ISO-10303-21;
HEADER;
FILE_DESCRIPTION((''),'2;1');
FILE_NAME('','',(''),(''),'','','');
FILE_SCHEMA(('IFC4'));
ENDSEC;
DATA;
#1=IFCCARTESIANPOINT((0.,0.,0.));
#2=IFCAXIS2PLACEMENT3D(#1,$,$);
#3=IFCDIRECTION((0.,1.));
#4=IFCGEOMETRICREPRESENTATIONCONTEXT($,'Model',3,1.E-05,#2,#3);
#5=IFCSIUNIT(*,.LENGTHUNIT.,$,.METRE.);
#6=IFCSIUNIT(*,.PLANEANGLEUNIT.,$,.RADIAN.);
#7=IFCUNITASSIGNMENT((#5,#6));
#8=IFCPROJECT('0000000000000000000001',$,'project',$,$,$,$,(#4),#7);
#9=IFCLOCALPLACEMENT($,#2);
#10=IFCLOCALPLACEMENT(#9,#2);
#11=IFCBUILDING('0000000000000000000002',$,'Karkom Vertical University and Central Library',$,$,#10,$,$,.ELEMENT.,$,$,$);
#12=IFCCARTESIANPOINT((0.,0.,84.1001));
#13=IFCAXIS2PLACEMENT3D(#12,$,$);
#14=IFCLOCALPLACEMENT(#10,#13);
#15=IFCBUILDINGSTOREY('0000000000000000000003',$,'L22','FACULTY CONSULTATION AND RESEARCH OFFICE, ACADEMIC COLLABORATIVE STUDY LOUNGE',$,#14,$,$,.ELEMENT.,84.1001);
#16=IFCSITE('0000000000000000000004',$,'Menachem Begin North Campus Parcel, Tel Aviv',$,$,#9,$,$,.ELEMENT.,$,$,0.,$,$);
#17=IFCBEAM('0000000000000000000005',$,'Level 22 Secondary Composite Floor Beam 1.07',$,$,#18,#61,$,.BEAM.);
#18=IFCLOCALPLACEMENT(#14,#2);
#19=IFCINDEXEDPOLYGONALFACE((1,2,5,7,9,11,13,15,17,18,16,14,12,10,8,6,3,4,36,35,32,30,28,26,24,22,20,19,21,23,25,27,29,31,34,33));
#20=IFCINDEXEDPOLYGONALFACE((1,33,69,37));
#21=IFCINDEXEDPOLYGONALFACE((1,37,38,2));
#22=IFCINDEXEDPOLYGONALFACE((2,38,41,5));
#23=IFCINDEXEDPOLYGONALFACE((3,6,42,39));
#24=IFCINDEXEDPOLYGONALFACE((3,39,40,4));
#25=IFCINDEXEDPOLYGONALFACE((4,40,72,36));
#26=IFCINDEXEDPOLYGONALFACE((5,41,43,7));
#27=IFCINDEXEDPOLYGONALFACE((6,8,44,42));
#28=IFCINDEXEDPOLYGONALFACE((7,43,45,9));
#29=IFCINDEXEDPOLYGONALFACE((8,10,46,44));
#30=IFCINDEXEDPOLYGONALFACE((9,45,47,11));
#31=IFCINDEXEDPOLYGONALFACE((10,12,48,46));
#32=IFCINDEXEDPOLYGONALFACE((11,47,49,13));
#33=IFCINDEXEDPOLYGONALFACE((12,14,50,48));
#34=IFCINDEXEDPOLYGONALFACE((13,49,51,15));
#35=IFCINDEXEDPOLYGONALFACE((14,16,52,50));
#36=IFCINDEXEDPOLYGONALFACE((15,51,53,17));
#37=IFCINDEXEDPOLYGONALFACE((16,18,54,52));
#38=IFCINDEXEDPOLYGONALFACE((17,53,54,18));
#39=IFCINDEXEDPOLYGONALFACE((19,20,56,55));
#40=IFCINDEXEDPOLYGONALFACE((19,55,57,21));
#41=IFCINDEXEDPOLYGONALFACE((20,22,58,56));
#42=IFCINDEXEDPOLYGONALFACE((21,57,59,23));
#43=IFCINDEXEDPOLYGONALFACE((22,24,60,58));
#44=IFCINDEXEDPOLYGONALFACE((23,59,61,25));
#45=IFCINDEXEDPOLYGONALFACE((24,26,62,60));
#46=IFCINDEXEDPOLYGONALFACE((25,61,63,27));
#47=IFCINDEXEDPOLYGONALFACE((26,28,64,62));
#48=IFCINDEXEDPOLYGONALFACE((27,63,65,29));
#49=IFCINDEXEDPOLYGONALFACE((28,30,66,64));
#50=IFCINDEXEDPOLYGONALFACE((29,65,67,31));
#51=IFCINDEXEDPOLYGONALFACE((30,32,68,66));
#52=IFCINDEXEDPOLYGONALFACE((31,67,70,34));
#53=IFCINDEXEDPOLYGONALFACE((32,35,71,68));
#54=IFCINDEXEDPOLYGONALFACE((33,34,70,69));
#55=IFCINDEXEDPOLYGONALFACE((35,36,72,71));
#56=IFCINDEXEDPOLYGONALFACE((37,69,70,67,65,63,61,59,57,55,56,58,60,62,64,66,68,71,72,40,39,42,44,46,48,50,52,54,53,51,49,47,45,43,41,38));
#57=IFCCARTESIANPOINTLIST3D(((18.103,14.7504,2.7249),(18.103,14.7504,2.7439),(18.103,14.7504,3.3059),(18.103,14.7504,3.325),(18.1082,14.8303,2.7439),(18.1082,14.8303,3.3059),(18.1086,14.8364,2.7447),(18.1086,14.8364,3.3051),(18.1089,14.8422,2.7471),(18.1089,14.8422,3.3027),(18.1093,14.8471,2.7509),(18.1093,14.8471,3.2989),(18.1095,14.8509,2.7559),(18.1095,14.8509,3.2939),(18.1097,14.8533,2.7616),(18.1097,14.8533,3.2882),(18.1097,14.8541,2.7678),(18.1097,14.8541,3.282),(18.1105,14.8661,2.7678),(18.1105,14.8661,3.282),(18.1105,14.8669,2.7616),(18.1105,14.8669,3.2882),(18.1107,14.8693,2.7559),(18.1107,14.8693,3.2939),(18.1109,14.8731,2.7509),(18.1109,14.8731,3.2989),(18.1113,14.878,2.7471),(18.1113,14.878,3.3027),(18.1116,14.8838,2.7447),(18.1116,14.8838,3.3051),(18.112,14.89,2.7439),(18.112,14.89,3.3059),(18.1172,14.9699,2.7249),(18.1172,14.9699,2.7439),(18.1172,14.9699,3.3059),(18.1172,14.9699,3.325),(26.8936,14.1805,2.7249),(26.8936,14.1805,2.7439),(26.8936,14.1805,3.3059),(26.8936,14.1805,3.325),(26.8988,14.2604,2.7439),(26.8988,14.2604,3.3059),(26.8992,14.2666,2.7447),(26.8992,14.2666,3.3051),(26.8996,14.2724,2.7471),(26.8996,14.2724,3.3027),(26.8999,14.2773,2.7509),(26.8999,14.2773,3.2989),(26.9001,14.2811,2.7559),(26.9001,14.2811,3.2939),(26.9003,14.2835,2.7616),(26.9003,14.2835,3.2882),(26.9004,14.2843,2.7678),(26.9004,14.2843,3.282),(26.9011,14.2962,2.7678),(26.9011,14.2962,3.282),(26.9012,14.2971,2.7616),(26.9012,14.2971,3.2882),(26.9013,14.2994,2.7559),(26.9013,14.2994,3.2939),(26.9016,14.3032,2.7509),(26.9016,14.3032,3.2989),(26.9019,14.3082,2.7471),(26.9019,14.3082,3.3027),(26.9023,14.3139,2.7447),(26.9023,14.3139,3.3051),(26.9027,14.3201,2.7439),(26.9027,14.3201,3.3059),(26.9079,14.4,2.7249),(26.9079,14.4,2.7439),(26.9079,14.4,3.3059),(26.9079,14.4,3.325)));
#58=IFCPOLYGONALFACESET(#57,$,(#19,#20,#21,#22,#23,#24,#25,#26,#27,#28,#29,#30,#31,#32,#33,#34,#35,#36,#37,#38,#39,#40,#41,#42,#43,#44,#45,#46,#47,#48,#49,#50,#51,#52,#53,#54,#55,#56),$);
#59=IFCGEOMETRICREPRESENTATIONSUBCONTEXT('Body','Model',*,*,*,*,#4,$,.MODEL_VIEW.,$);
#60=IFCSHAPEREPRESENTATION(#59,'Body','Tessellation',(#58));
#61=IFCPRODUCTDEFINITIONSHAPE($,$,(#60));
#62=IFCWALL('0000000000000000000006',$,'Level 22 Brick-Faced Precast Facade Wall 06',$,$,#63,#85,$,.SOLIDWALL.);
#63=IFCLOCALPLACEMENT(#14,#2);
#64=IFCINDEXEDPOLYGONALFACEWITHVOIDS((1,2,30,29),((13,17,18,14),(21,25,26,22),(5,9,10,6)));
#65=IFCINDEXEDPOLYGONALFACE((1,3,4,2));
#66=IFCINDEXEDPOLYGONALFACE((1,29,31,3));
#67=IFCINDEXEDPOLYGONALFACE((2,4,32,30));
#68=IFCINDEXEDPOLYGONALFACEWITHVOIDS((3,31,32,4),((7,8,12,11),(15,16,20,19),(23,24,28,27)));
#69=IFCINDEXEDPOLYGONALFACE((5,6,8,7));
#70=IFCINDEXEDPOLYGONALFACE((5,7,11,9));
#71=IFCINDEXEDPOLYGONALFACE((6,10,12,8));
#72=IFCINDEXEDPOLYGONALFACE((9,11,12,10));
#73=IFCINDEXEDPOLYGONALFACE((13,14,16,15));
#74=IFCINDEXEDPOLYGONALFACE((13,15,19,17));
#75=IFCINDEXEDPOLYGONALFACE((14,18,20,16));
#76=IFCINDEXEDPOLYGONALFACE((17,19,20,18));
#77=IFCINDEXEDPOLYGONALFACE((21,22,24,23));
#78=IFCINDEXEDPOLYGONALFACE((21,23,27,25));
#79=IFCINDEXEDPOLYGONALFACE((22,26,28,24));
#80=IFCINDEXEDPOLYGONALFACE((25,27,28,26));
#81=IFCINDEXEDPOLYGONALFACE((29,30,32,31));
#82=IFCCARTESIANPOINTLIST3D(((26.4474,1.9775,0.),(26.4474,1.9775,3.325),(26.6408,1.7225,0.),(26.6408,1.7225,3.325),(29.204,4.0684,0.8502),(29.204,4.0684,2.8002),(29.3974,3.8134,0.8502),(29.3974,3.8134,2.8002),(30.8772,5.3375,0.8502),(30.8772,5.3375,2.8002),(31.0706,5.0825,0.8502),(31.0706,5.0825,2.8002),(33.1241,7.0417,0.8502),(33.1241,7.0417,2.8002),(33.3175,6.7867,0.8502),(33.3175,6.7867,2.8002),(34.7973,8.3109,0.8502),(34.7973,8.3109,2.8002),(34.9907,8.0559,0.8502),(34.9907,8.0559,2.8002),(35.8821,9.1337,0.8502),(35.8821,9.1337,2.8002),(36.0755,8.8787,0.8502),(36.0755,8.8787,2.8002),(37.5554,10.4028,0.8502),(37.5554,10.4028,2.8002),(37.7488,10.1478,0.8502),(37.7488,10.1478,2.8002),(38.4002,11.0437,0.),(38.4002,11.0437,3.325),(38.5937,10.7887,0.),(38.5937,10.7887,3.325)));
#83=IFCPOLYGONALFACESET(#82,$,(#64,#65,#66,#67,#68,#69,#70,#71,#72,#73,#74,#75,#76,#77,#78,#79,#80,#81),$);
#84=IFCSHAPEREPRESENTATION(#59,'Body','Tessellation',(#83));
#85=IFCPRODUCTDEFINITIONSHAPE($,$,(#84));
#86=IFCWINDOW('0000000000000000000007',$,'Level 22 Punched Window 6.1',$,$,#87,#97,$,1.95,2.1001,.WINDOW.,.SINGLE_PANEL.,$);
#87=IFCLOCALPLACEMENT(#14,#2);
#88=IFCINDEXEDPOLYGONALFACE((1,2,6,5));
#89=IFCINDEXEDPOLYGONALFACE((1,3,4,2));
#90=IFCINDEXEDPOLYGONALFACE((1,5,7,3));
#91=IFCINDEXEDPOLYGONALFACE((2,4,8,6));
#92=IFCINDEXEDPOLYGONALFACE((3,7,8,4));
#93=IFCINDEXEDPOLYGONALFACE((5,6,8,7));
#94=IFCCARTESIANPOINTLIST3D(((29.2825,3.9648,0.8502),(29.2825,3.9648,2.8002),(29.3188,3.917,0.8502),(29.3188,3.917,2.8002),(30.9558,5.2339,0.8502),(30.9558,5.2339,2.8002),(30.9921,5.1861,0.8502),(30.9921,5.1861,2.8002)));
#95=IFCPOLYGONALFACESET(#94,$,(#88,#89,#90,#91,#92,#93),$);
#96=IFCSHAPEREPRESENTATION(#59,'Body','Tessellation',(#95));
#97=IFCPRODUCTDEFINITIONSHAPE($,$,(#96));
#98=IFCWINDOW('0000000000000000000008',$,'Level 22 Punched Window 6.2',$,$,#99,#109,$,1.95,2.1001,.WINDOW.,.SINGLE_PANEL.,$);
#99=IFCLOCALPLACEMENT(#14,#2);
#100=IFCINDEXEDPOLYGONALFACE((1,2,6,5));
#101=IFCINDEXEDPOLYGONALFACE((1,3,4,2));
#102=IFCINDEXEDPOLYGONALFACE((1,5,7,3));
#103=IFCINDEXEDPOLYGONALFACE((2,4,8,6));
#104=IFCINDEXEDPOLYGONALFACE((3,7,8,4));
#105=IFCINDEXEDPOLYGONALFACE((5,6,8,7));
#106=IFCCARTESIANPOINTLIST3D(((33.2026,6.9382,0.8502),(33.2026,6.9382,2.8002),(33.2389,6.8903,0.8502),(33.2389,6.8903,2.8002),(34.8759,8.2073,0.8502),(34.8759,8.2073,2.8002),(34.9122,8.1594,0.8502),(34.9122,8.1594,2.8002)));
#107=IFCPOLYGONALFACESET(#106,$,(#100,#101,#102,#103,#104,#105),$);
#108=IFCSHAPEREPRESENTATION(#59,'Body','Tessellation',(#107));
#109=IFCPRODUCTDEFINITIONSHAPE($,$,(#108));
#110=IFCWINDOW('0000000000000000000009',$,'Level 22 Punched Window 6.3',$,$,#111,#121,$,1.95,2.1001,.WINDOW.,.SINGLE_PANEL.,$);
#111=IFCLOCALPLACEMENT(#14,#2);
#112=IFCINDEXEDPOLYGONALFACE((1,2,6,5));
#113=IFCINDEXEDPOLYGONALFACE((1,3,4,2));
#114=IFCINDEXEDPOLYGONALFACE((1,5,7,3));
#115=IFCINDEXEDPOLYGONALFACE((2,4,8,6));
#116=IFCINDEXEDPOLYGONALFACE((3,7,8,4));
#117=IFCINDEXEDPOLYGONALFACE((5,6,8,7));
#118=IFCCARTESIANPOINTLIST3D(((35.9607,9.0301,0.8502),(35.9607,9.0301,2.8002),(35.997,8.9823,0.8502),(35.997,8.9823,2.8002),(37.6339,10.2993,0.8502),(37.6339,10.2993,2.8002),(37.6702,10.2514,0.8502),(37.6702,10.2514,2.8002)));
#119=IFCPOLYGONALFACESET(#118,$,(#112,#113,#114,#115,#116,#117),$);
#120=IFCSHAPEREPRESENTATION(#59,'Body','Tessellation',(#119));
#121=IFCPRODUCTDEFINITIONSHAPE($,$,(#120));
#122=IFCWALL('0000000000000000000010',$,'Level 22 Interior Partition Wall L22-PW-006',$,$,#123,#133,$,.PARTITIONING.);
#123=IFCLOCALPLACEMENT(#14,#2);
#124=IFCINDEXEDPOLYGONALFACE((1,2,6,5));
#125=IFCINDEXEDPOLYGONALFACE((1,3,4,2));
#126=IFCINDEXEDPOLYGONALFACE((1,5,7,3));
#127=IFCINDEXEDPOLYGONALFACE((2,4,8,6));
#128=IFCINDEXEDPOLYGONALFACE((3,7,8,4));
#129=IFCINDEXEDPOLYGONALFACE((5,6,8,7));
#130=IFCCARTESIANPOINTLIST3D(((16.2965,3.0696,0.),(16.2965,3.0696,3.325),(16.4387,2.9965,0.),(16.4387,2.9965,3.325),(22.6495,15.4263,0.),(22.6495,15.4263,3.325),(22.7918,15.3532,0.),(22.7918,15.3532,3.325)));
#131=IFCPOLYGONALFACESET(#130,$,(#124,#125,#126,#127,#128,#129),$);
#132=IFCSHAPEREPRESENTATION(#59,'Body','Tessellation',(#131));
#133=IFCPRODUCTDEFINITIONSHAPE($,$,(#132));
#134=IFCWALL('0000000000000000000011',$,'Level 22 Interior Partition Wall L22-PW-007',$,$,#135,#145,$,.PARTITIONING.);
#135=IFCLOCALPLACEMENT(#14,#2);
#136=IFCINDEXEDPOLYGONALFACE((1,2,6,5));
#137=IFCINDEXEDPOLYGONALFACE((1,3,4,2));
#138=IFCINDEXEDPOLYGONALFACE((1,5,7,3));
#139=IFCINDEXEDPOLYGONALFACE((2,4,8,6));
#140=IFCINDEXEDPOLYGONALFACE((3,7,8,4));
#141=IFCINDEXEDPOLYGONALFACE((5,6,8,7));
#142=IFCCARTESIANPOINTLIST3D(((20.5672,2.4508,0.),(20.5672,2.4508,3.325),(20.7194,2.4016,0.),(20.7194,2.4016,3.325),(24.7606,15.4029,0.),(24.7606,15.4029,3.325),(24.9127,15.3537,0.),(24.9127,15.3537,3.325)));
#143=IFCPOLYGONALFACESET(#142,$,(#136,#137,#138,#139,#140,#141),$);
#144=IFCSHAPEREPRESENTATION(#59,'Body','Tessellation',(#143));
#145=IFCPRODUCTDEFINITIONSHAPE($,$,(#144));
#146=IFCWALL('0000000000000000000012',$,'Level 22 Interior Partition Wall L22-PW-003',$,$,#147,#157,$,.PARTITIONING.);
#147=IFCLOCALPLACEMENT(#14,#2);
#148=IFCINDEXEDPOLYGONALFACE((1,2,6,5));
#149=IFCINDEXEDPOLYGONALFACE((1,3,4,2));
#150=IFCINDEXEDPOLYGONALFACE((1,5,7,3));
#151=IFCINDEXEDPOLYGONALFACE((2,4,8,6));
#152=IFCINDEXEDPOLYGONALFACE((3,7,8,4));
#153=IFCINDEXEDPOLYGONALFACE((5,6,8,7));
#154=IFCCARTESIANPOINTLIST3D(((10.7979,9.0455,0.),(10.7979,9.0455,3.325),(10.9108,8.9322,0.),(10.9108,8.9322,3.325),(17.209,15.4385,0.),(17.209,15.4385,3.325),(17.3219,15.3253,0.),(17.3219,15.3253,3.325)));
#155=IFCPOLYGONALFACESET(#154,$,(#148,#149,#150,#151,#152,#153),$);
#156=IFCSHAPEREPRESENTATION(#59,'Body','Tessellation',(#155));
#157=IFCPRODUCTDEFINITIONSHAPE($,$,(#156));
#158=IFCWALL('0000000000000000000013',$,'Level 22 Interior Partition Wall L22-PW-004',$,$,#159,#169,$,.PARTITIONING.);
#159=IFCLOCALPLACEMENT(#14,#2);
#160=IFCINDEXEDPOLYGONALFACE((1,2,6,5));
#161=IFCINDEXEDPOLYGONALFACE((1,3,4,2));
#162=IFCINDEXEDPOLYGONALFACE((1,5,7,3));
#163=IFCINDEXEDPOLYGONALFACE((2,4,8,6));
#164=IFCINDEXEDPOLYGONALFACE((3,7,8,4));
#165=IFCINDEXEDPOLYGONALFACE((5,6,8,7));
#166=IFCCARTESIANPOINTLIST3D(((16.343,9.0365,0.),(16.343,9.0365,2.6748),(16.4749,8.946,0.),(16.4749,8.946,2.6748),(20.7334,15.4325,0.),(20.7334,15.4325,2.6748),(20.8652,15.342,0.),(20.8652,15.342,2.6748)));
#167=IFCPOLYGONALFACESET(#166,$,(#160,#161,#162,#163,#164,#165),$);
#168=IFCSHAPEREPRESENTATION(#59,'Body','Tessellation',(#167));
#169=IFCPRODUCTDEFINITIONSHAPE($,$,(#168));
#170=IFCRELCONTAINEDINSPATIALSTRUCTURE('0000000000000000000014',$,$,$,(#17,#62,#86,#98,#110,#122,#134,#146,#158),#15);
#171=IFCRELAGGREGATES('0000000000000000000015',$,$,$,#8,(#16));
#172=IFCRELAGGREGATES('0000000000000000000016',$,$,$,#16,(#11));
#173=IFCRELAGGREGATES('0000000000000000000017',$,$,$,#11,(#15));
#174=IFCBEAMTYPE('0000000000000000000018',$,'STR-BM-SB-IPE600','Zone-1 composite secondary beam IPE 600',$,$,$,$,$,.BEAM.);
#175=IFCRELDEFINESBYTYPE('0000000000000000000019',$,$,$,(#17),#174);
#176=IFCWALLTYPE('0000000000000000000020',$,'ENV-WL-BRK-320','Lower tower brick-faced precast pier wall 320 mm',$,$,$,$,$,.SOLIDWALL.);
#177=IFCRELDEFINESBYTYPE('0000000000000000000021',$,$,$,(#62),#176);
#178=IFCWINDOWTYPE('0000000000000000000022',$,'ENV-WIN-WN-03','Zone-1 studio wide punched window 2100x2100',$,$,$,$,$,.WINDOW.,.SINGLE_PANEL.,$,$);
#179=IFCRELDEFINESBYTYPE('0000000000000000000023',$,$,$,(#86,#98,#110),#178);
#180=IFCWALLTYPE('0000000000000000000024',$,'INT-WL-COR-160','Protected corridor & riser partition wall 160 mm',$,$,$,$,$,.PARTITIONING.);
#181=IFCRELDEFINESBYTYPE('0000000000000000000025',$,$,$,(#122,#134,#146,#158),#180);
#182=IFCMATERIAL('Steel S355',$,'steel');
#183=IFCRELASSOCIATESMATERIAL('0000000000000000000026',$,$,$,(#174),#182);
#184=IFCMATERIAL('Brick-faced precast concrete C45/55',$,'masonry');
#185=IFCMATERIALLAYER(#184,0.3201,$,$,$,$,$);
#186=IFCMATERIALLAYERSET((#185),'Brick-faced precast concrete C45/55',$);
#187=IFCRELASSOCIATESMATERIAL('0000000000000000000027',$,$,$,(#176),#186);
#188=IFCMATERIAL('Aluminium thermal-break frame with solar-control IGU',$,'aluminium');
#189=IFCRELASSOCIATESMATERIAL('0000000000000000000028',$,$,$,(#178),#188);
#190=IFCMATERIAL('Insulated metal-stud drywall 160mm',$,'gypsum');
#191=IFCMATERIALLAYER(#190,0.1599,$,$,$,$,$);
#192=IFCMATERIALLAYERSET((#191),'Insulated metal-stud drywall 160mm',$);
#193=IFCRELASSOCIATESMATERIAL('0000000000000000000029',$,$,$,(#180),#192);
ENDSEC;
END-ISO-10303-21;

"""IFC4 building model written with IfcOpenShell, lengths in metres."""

from ifc_helpers import new_model, si_unit, direction, frame, frame_2d, origin, origin_with_axes, origin_2d, place, context, subcontext, project, spatial, rectangle, i_section, extrude, source, transform, mapped, material, layer, layer_set, material_profile, profile_set, type_object, element, fill, save


model = new_model("IFC4")

# Units and contexts
model_context = context("Model", 3, precision=1e-05, world=origin(), true_north=direction((0.0, 1.0)))
body_context = subcontext(model_context, "Body", "Model", "MODEL_VIEW")
ifc_project = project(units=[si_unit("LENGTHUNIT", "METRE"), si_unit("PLANEANGLEUNIT", "RADIAN")], contexts=[model_context])

# Site, building, storey
site_placement = place(None, origin())
site = spatial("IfcSite", under=ifc_project, at=site_placement, Name="Menachem Begin North Campus Parcel, Tel Aviv", CompositionType="ELEMENT", RefElevation=0.0)
building_placement = place(site_placement, origin())
building = spatial("IfcBuilding", under=site, at=building_placement, Name="Karkom Vertical University and Central Library", CompositionType="ELEMENT")
storey_placement = place(building_placement, frame((0.0, 0.0, 84.1001)))
storey = spatial("IfcBuildingStorey", under=building, at=storey_placement, Name="L22", Description="FACULTY CONSULTATION AND RESEARCH OFFICE, ACADEMIC COLLABORATIVE STUDY LOUNGE", CompositionType="ELEMENT", Elevation=84.1001)

# Beam
ifc_material_1 = material(Name="Steel S355", Category="steel")
ifc_material_profile_1 = material_profile(ifc_material_1, i_section(OverallWidth=0.22, OverallDepth=0.6001, WebThickness=0.012, FlangeThickness=0.019, FilletRadius=0.0239, at=origin_2d()), Name="IPE 600")
ifc_profile_set_1 = profile_set([ifc_material_profile_1], Name="Steel S355")
beam_type_1 = type_object("IfcBeamType", Name="STR-BM-SB-IPE600", Description="Zone-1 composite secondary beam IPE 600", PredefinedType="BEAM", material=ifc_profile_set_1)
shared_shape_1 = source(origin_with_axes(), body_context, "Body", "SweptSolid", [
    extrude(i_section(OverallWidth=0.22, OverallDepth=0.6001, WebThickness=0.012, FlangeThickness=0.019, FilletRadius=0.0239, at=origin_2d()), origin(), (0.0, 0.0, 1.0), 8.8091),
])
beam_1_placement = place(storey_placement, frame((18.1101, 14.8601, 3.0249), z_axis=(0.997906, -0.064687, 0.0), x_axis=(0.064687, 0.997906, 0.0)))
element("IfcBeam", 1, at=beam_1_placement, inside=storey, type_object=beam_type_1, Name="Level 22 Secondary Composite Floor Beam 1.07", PredefinedType="BEAM", context=body_context, shape_type="MappedRepresentation", body=[
    mapped(shared_shape_1, transform((0.0, 0.0, 0.0), scale=1.0)),
])

# Wall, openings, windows
ifc_material_2 = material(Name="Brick-faced precast concrete C45/55", Category="masonry")
ifc_layer_1 = layer(ifc_material_2, 0.3201)
ifc_layer_set_1 = layer_set([ifc_layer_1], Name="Brick-faced precast concrete C45/55")
wall_type_1 = type_object("IfcWallType", Name="ENV-WL-BRK-320", Description="Lower tower brick-faced precast pier wall 320 mm", PredefinedType="SOLIDWALL", material=ifc_layer_set_1)
wall_1_placement = place(storey_placement, frame((26.5442, 1.8501, 0.0), z_axis=(0.0, 0.0, 1.0), x_axis=(0.796741, 0.604321, 0.0)))
wall_1 = element("IfcWall", 2, at=wall_1_placement, inside=storey, type_object=wall_type_1, Name="Level 22 Brick-Faced Precast Facade Wall 06", PredefinedType="SOLIDWALL", context=body_context, shape_type="SweptSolid", body=[
    extrude(rectangle(XDim=15.0022, YDim=0.3201, at=frame_2d((7.501, 0.0))), origin(), (0.0, 0.0, 1.0), 3.325),
])
opening_1_placement = place(wall_1_placement, frame((3.4597, 0.0, 0.8501)))
opening_1 = element("IfcOpeningElement", 3, at=opening_1_placement, cuts=wall_1, PredefinedType="OPENING", context=body_context, shape_type="SweptSolid", body=[
    extrude(rectangle(XDim=2.1001, YDim=1.95, at=frame_2d((1.05, 0.9751))), frame((0.0, 0.1699, 0.0), z_axis=(0.0, -1.0, 0.0), x_axis=(1.0, 0.0, 0.0)), (0.0, 0.0, 1.0), 0.3401),
])
opening_2_placement = place(wall_1_placement, frame((8.3799, 0.0, 0.8501)))
opening_2 = element("IfcOpeningElement", 4, at=opening_2_placement, cuts=wall_1, PredefinedType="OPENING", context=body_context, shape_type="SweptSolid", body=[
    extrude(rectangle(XDim=2.1001, YDim=1.95, at=frame_2d((1.05, 0.9751))), frame((0.0, 0.1699, 0.0), z_axis=(0.0, -1.0, 0.0), x_axis=(1.0, 0.0, 0.0)), (0.0, 0.0, 1.0), 0.3401),
])
opening_3_placement = place(wall_1_placement, frame((11.8416, 0.0, 0.8501)))
opening_3 = element("IfcOpeningElement", 5, at=opening_3_placement, cuts=wall_1, PredefinedType="OPENING", context=body_context, shape_type="SweptSolid", body=[
    extrude(rectangle(XDim=2.1001, YDim=1.95, at=frame_2d((1.05, 0.9751))), frame((0.0, 0.1699, 0.0), z_axis=(0.0, -1.0, 0.0), x_axis=(1.0, 0.0, 0.0)), (0.0, 0.0, 1.0), 0.3401),
])
ifc_material_3 = material(Name="Aluminium thermal-break frame with solar-control IGU", Category="aluminium")
window_type = type_object("IfcWindowType", Name="ENV-WIN-WN-03", Description="Zone-1 studio wide punched window 2100x2100", PartitioningType="SINGLE_PANEL", PredefinedType="WINDOW", material=ifc_material_3)
shared_shape_2 = source(origin_with_axes(), body_context, "Body", "SweptSolid", [
    extrude(rectangle(XDim=2.1001, YDim=1.95, at=frame_2d((1.05, 0.9751))), frame((0.0, 0.03, 0.0), z_axis=(0.0, -1.0, 0.0), x_axis=(1.0, 0.0, 0.0)), (0.0, 0.0, 1.0), 0.0601),
])
window_1_placement = place(opening_1_placement, origin())
window_1 = element("IfcWindow", 6, at=window_1_placement, inside=storey, type_object=window_type, Name="Level 22 Punched Window 6.1", OverallHeight=1.95, OverallWidth=2.1001, PartitioningType="SINGLE_PANEL", PredefinedType="WINDOW", context=body_context, shape_type="MappedRepresentation", body=[
    mapped(shared_shape_2, transform((0.0, 0.0, 0.0), scale=1.0)),
])
fill(opening_1, window_1)
window_2_placement = place(opening_2_placement, origin())
window_2 = element("IfcWindow", 7, at=window_2_placement, inside=storey, type_object=window_type, Name="Level 22 Punched Window 6.2", OverallHeight=1.95, OverallWidth=2.1001, PartitioningType="SINGLE_PANEL", PredefinedType="WINDOW", context=body_context, shape_type="MappedRepresentation", body=[
    mapped(shared_shape_2, transform((0.0, 0.0, 0.0), scale=1.0)),
])
fill(opening_2, window_2)
window_3_placement = place(opening_3_placement, origin())
window_3 = element("IfcWindow", 8, at=window_3_placement, inside=storey, type_object=window_type, Name="Level 22 Punched Window 6.3", OverallHeight=1.95, OverallWidth=2.1001, PartitioningType="SINGLE_PANEL", PredefinedType="WINDOW", context=body_context, shape_type="MappedRepresentation", body=[
    mapped(shared_shape_2, transform((0.0, 0.0, 0.0), scale=1.0)),
])
fill(opening_3, window_3)

# Walls
ifc_material_4 = material(Name="Insulated metal-stud drywall 160mm", Category="gypsum")
ifc_layer_2 = layer(ifc_material_4, 0.1599)
ifc_layer_set_2 = layer_set([ifc_layer_2], Name="Insulated metal-stud drywall 160mm")
wall_type_2 = type_object("IfcWallType", Name="INT-WL-COR-160", Description="Protected corridor & riser partition wall 160 mm", PredefinedType="PARTITIONING", material=ifc_layer_set_2)
wall_2_placement = place(storey_placement, frame((22.7207, 15.3899, 0.0), z_axis=(0.0, 0.0, 1.0), x_axis=(-0.457243, -0.889342, 0.0)))
element("IfcWall", 9, at=wall_2_placement, inside=storey, type_object=wall_type_2, Name="Level 22 Interior Partition Wall L22-PW-006", PredefinedType="PARTITIONING", context=body_context, shape_type="SweptSolid", body=[
    extrude(rectangle(XDim=13.8943, YDim=0.1599, at=frame_2d((6.9473, 0.0))), origin(), (0.0, 0.0, 1.0), 3.325),
])
wall_3_placement = place(storey_placement, frame((24.8367, 15.3784, 0.0), z_axis=(0.0, 0.0, 1.0), x_axis=(-0.308017, -0.951381, 0.0)))
element("IfcWall", 10, at=wall_3_placement, inside=storey, type_object=wall_type_2, Name="Level 22 Interior Partition Wall L22-PW-007", PredefinedType="PARTITIONING", context=body_context, shape_type="SweptSolid", body=[
    extrude(rectangle(XDim=13.614, YDim=0.1599, at=frame_2d((6.8071, 0.0))), origin(), (0.0, 0.0, 1.0), 3.325),
])
wall_4_placement = place(storey_placement, frame((17.2654, 15.3818, 0.0), z_axis=(0.0, 0.0, 1.0), x_axis=(-0.708104, -0.706108, 0.0)))
element("IfcWall", 11, at=wall_4_placement, inside=storey, type_object=wall_type_2, Name="Level 22 Interior Partition Wall L22-PW-003", PredefinedType="PARTITIONING", context=body_context, shape_type="SweptSolid", body=[
    extrude(rectangle(XDim=9.054, YDim=0.1599, at=frame_2d((4.5269, 0.0))), origin(), (0.0, 0.0, 1.0), 3.325),
])
wall_5_placement = place(storey_placement, frame((20.7993, 15.3872, 0.0), z_axis=(0.0, 0.0, 1.0), x_axis=(-0.565928, -0.824455, 0.0)))
element("IfcWall", 12, at=wall_5_placement, inside=storey, type_object=wall_type_2, Name="Level 22 Interior Partition Wall L22-PW-004", PredefinedType="PARTITIONING", context=body_context, shape_type="SweptSolid", body=[
    extrude(rectangle(XDim=7.7578, YDim=0.1599, at=frame_2d((3.8789, 0.0))), origin(), (0.0, 0.0, 1.0), 2.6748),
])

save(model, "model.ifc")
